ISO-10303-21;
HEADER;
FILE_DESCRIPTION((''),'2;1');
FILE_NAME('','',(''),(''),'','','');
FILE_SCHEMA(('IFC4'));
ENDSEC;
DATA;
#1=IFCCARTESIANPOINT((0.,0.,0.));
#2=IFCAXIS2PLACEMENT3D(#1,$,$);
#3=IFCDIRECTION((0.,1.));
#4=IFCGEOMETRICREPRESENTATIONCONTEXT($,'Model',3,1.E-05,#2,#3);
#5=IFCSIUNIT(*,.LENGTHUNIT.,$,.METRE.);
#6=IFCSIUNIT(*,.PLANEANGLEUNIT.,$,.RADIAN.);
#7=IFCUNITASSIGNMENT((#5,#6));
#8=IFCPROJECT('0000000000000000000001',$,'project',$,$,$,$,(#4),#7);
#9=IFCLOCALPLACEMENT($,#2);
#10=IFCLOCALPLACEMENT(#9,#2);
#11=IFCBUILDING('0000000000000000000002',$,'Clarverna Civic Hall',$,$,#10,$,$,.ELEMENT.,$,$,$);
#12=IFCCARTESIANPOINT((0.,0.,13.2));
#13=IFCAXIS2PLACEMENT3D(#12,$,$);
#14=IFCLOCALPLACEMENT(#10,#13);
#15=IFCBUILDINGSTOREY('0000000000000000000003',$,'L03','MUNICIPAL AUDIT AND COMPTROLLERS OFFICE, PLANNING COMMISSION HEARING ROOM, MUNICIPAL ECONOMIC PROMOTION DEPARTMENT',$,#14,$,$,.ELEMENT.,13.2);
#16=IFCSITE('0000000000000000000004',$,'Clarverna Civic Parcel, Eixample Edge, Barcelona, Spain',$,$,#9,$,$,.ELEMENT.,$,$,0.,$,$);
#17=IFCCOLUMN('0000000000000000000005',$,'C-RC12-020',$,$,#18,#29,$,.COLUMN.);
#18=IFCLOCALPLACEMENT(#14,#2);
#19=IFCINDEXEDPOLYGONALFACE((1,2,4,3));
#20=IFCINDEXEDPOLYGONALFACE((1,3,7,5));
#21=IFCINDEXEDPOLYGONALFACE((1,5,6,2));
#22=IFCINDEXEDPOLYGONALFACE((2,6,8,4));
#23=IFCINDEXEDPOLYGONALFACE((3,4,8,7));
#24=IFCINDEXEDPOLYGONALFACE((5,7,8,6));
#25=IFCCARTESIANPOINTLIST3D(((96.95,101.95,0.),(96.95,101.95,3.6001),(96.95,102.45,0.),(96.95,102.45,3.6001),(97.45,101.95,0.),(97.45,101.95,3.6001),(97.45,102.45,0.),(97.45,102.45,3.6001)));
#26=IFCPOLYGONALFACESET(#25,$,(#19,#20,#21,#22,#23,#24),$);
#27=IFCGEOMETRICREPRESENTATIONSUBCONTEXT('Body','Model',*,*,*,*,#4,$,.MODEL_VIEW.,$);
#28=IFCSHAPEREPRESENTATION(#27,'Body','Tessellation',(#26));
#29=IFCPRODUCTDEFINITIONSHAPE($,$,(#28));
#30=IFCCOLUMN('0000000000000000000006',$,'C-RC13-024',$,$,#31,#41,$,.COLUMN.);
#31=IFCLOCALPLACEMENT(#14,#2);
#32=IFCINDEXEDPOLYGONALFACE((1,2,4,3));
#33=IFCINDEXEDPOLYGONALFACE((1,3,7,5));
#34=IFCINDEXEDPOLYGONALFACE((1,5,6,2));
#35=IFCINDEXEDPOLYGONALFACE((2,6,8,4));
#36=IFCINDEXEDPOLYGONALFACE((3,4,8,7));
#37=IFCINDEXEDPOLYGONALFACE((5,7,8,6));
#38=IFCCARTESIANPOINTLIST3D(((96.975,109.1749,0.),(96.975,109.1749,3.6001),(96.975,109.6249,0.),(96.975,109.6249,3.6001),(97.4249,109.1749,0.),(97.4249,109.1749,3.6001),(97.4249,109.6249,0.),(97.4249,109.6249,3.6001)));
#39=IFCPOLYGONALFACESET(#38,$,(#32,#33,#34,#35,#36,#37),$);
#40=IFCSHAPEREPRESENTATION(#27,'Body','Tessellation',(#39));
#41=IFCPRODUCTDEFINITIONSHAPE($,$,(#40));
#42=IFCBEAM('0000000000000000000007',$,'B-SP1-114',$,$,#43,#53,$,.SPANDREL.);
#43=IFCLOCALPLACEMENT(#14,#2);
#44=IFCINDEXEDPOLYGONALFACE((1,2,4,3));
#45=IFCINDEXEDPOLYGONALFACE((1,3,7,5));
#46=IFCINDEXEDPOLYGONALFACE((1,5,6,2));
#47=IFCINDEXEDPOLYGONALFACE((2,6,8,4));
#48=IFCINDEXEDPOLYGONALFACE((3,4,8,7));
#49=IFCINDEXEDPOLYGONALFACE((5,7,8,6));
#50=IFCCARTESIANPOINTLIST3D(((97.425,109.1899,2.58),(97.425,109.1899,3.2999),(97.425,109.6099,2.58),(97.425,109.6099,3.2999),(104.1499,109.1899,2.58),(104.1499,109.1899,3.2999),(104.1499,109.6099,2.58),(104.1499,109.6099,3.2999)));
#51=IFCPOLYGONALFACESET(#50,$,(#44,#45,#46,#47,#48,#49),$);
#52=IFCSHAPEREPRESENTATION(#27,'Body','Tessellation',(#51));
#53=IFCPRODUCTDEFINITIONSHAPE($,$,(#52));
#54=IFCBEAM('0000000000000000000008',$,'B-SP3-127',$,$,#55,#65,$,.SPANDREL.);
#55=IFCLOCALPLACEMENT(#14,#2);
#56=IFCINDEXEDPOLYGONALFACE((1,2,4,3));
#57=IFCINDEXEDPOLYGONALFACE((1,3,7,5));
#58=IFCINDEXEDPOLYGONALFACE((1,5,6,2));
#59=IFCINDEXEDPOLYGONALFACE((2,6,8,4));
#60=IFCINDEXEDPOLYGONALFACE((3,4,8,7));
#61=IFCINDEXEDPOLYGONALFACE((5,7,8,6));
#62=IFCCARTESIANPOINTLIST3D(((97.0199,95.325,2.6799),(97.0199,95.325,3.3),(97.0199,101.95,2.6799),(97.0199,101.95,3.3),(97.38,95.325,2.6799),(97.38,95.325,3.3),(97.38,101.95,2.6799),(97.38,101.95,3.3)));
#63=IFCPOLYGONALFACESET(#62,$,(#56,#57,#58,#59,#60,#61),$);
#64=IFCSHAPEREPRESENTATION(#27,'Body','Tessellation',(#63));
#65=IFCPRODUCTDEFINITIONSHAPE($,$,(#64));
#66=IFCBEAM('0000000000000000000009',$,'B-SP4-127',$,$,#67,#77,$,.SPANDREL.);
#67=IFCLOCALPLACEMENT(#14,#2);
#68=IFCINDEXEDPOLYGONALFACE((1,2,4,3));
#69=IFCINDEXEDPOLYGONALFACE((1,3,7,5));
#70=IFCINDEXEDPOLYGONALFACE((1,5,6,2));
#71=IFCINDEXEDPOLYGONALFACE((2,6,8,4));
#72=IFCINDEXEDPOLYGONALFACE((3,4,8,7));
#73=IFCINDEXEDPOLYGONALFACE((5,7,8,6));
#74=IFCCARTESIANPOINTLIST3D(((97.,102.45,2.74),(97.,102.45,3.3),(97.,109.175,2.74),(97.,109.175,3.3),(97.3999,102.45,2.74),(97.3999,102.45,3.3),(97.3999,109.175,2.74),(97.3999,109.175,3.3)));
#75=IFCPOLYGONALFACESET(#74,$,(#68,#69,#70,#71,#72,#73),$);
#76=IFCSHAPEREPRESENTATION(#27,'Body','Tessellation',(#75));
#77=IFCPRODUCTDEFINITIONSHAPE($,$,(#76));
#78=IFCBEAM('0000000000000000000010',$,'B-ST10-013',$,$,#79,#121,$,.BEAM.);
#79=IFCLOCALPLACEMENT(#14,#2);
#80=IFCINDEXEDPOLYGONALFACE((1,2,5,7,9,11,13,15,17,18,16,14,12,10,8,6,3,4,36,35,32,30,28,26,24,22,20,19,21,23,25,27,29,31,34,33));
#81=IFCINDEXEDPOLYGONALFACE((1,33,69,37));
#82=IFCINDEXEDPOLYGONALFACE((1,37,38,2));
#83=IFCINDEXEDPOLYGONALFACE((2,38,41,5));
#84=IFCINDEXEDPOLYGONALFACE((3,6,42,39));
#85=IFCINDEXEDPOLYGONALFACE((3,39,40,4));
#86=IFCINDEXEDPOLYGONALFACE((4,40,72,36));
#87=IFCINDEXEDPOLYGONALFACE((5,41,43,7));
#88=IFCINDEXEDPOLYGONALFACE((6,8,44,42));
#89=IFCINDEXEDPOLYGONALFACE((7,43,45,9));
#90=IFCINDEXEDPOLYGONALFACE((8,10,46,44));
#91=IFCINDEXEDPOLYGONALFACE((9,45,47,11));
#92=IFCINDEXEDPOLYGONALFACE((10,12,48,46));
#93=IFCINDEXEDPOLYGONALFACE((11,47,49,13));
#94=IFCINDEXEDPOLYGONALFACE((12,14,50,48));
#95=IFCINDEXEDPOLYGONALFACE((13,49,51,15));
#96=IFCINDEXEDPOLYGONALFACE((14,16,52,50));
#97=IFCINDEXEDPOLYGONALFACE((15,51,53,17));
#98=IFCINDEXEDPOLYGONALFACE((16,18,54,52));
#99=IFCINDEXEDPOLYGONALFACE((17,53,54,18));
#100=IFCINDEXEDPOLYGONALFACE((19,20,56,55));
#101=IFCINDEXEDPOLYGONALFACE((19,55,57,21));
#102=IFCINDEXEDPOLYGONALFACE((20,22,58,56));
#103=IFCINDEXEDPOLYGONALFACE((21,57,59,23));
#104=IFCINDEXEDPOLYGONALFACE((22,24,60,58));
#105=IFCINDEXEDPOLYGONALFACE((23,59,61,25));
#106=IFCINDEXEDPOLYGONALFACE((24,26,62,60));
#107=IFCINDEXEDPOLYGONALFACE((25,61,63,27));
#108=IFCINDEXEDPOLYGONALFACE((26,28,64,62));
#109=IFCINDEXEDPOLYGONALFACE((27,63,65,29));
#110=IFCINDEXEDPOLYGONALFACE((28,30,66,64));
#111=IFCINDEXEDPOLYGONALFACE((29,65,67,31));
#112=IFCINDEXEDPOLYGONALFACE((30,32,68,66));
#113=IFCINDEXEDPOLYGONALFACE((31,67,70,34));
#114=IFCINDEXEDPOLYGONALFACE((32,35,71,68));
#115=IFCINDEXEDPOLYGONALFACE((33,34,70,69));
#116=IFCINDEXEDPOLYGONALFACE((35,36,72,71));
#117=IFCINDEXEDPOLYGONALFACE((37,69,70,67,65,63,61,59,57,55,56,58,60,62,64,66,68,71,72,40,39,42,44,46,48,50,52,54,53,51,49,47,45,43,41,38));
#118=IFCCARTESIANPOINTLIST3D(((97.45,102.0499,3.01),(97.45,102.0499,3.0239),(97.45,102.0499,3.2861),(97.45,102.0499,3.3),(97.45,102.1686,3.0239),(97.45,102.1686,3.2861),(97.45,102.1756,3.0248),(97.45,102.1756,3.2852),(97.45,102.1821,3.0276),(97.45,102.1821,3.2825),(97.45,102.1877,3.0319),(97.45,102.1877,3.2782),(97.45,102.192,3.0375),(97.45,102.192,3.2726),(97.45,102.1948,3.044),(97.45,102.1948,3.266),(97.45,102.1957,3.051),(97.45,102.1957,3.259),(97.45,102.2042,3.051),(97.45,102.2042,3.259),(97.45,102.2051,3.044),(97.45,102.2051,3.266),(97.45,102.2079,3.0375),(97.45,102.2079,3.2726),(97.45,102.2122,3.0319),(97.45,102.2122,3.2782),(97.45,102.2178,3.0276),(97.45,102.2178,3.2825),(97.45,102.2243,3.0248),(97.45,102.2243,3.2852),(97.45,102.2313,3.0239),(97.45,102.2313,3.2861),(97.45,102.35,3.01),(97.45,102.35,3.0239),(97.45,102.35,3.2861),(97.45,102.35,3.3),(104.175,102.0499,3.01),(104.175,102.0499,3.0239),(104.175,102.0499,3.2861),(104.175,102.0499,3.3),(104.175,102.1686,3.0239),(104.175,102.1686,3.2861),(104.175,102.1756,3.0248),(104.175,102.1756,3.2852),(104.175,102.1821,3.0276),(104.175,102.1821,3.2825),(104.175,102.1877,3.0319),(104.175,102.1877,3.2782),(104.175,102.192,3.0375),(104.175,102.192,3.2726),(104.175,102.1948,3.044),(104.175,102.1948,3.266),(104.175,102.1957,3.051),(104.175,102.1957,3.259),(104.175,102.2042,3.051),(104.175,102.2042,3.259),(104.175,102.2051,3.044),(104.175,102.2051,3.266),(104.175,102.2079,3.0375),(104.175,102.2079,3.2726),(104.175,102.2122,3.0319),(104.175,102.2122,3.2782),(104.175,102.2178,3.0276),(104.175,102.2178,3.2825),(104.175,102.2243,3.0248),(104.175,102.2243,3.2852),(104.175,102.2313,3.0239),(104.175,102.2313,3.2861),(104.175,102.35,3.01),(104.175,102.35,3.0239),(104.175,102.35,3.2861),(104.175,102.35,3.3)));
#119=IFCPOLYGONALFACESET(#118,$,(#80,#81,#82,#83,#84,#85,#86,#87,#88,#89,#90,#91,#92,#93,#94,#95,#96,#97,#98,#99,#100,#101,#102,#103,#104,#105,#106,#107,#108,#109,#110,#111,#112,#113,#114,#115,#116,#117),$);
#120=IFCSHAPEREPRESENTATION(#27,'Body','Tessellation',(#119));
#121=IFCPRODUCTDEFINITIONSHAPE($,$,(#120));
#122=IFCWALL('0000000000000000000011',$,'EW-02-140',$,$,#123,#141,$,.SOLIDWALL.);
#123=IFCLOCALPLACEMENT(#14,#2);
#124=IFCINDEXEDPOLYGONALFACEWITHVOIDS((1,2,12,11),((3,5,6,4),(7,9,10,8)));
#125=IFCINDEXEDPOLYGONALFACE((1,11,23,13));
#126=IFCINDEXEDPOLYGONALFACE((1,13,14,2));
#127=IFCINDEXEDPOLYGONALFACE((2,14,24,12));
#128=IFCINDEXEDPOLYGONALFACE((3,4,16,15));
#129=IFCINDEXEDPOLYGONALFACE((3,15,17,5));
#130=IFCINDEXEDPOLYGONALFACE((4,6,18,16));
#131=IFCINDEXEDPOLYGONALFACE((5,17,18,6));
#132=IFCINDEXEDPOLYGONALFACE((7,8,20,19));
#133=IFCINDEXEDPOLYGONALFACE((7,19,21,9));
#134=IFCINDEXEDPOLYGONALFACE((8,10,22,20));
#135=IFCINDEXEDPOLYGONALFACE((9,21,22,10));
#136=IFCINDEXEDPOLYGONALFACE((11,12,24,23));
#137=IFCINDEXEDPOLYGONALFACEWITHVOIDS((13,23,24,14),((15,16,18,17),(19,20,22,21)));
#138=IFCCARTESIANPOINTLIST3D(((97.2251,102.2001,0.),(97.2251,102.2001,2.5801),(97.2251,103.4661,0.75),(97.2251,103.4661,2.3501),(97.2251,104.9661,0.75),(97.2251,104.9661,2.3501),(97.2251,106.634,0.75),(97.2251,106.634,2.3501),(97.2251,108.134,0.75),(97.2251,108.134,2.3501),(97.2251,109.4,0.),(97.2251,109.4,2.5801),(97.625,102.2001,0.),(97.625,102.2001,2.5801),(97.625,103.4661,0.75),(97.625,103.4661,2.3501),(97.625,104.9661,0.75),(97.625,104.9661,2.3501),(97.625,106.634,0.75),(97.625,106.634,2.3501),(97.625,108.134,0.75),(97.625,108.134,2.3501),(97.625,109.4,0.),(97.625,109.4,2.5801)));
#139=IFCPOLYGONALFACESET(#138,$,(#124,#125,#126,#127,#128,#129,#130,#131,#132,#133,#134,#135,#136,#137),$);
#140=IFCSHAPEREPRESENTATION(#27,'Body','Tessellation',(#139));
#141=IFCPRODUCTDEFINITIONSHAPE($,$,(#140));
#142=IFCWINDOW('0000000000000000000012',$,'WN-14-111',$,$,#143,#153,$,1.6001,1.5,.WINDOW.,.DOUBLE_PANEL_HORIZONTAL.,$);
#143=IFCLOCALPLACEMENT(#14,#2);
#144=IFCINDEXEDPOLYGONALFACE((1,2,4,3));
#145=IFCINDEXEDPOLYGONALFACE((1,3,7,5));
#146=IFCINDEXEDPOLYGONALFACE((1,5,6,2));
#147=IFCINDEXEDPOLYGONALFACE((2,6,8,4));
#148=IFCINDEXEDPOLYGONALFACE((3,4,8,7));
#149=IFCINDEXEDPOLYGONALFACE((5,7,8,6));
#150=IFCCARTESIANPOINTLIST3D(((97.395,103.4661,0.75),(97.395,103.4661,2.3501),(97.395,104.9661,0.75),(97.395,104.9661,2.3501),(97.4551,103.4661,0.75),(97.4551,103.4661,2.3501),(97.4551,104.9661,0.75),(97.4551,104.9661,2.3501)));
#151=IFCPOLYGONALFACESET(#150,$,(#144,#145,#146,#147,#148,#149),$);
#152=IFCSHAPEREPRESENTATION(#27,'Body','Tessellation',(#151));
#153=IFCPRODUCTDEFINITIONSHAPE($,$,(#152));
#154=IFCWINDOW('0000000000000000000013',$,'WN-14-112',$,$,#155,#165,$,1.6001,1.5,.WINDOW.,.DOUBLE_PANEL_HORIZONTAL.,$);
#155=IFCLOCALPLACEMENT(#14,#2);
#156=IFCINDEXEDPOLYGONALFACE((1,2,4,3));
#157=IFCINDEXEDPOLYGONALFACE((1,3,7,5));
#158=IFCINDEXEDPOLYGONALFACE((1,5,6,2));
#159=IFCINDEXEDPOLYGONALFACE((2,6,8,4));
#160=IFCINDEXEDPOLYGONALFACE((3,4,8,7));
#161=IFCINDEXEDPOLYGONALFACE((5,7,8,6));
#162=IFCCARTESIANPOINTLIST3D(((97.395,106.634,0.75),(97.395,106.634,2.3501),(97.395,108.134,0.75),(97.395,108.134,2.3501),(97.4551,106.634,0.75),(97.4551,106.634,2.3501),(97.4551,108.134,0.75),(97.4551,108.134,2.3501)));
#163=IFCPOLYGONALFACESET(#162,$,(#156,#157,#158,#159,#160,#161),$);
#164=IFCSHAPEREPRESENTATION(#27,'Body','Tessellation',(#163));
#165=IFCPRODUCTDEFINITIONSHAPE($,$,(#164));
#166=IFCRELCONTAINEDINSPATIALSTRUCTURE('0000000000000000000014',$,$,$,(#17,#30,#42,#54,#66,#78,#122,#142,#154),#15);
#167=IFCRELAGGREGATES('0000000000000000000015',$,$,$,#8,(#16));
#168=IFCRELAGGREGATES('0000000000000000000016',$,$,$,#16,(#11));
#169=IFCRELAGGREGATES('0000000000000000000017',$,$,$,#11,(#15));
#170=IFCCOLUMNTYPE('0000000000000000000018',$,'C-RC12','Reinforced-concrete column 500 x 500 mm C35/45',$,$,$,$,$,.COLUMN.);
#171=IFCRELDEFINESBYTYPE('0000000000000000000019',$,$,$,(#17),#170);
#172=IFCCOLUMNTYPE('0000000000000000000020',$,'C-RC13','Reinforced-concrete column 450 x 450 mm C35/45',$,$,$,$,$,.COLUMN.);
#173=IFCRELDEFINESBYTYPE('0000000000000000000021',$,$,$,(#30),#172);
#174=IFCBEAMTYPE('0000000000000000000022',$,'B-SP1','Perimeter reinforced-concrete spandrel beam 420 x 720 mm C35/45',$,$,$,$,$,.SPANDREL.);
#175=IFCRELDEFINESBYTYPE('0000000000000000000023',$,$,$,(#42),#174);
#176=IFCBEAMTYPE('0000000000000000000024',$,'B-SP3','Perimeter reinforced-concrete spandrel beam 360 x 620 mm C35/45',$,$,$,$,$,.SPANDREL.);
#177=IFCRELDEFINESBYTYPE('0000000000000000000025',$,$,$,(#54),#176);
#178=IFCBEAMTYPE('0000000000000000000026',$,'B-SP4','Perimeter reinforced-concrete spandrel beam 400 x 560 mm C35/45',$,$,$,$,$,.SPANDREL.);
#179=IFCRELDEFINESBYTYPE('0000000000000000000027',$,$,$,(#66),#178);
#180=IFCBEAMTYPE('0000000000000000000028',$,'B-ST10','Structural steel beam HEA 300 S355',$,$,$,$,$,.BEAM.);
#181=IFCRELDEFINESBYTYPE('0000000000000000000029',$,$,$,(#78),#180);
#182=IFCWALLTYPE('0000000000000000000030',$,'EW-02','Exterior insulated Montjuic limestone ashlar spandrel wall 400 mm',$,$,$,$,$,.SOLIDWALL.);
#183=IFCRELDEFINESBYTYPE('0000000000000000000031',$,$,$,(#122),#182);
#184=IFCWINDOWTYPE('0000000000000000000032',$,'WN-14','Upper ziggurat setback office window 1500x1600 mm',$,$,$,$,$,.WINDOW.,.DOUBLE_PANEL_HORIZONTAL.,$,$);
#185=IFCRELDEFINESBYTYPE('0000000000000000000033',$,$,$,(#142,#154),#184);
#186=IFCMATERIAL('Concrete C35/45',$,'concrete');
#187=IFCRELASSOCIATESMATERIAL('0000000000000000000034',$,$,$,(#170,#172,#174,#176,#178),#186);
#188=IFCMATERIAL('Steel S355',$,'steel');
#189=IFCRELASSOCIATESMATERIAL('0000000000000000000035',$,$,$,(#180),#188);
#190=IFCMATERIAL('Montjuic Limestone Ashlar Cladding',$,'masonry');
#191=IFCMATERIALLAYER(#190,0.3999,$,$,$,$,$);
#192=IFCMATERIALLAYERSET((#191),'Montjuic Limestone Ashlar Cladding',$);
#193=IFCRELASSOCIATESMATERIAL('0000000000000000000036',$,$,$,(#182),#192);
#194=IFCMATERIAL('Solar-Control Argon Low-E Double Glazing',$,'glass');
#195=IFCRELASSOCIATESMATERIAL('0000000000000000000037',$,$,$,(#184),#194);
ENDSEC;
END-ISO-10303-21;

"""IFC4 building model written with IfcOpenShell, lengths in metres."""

from ifc_helpers import new_model, si_unit, direction, frame, frame_2d, origin, origin_2d, place, context, subcontext, project, spatial, rectangle, i_section, extrude, material, layer, layer_set, material_profile, profile_set, type_object, element, fill, save


model = new_model("IFC4")

# Units and contexts
model_context = context("Model", 3, precision=1e-05, world=origin(), true_north=direction((0.0, 1.0)))
body_context = subcontext(model_context, "Body", "Model", "MODEL_VIEW")
ifc_project = project(units=[si_unit("LENGTHUNIT", "METRE"), si_unit("PLANEANGLEUNIT", "RADIAN")], contexts=[model_context])

# Site, building, storey
site_placement = place(None, origin())
site = spatial("IfcSite", under=ifc_project, at=site_placement, Name="Clarverna Civic Parcel, Eixample Edge, Barcelona, Spain", CompositionType="ELEMENT", RefElevation=0.0)
building_placement = place(site_placement, origin())
building = spatial("IfcBuilding", under=site, at=building_placement, Name="Clarverna Civic Hall", CompositionType="ELEMENT")
storey_placement = place(building_placement, frame((0.0, 0.0, 13.2)))
storey = spatial("IfcBuildingStorey", under=building, at=storey_placement, Name="L03", Description="MUNICIPAL AUDIT AND COMPTROLLERS OFFICE, PLANNING COMMISSION HEARING ROOM, MUNICIPAL ECONOMIC PROMOTION DEPARTMENT", CompositionType="ELEMENT", Elevation=13.2)

# Columns
ifc_material_1 = material(Name="Concrete C35/45", Category="concrete")
ifc_material_profile_1 = material_profile(ifc_material_1, rectangle(XDim=0.5, YDim=0.5, at=origin_2d()), Name="RC 500x500")
ifc_profile_set_1 = profile_set([ifc_material_profile_1], Name="Concrete C35/45")
column_type_1 = type_object("IfcColumnType", Name="C-RC12", Description="Reinforced-concrete column 500 x 500 mm C35/45", PredefinedType="COLUMN", material=ifc_profile_set_1)
column_1_placement = place(storey_placement, frame((97.2, 102.2, 0.0), z_axis=(0.0, 0.0, 1.0), x_axis=(1.0, 0.0, 0.0)))
element("IfcColumn", 1, at=column_1_placement, inside=storey, type_object=column_type_1, Name="C-RC12-020", PredefinedType="COLUMN", context=body_context, shape_type="SweptSolid", body=[
    extrude(rectangle(XDim=0.5, YDim=0.5, at=origin_2d()), origin(), (0.0, 0.0, 1.0), 3.6001),
])
ifc_material_profile_2 = material_profile(ifc_material_1, rectangle(XDim=0.45, YDim=0.45, at=origin_2d()), Name="RC 450x450")
ifc_profile_set_2 = profile_set([ifc_material_profile_2], Name="Concrete C35/45")
column_type_2 = type_object("IfcColumnType", Name="C-RC13", Description="Reinforced-concrete column 450 x 450 mm C35/45", PredefinedType="COLUMN", material=ifc_profile_set_2)
column_2_placement = place(storey_placement, frame((97.2, 109.3999, 0.0), z_axis=(0.0, 0.0, 1.0), x_axis=(1.0, 0.0, 0.0)))
element("IfcColumn", 2, at=column_2_placement, inside=storey, type_object=column_type_2, Name="C-RC13-024", PredefinedType="COLUMN", context=body_context, shape_type="SweptSolid", body=[
    extrude(rectangle(XDim=0.45, YDim=0.45, at=origin_2d()), origin(), (0.0, 0.0, 1.0), 3.6001),
])

# Beams
ifc_material_profile_3 = material_profile(ifc_material_1, rectangle(XDim=0.4199, YDim=0.72, at=origin_2d()), Name="RC 420x720")
ifc_profile_set_3 = profile_set([ifc_material_profile_3], Name="Concrete C35/45")
beam_type_1 = type_object("IfcBeamType", Name="B-SP1", Description="Perimeter reinforced-concrete spandrel beam 420 x 720 mm C35/45", PredefinedType="SPANDREL", material=ifc_profile_set_3)
beam_1_placement = place(storey_placement, frame((97.425, 109.3999, 2.9399), z_axis=(1.0, 0.0, 0.0), x_axis=(0.0, 1.0, 0.0)))
element("IfcBeam", 3, at=beam_1_placement, inside=storey, type_object=beam_type_1, Name="B-SP1-114", PredefinedType="SPANDREL", context=body_context, shape_type="SweptSolid", body=[
    extrude(rectangle(XDim=0.4199, YDim=0.72, at=origin_2d()), origin(), (0.0, 0.0, 1.0), 6.7249),
])
ifc_material_profile_4 = material_profile(ifc_material_1, rectangle(XDim=0.3601, YDim=0.6201, at=origin_2d()), Name="RC 360x620")
ifc_profile_set_4 = profile_set([ifc_material_profile_4], Name="Concrete C35/45")
beam_type_2 = type_object("IfcBeamType", Name="B-SP3", Description="Perimeter reinforced-concrete spandrel beam 360 x 620 mm C35/45", PredefinedType="SPANDREL", material=ifc_profile_set_4)
beam_2_placement = place(storey_placement, frame((97.2, 95.325, 2.99), z_axis=(0.0, 1.0, 0.0), x_axis=(-1.0, 0.0, 0.0)))
element("IfcBeam", 4, at=beam_2_placement, inside=storey, type_object=beam_type_2, Name="B-SP3-127", PredefinedType="SPANDREL", context=body_context, shape_type="SweptSolid", body=[
    extrude(rectangle(XDim=0.3601, YDim=0.6201, at=origin_2d()), origin(), (0.0, 0.0, 1.0), 6.625),
])
ifc_material_profile_5 = material_profile(ifc_material_1, rectangle(XDim=0.3999, YDim=0.5601, at=origin_2d()), Name="RC 400x560")
ifc_profile_set_5 = profile_set([ifc_material_profile_5], Name="Concrete C35/45")
beam_type_3 = type_object("IfcBeamType", Name="B-SP4", Description="Perimeter reinforced-concrete spandrel beam 400 x 560 mm C35/45", PredefinedType="SPANDREL", material=ifc_profile_set_5)
beam_3_placement = place(storey_placement, frame((97.2, 102.45, 3.02), z_axis=(0.0, 1.0, 0.0), x_axis=(-1.0, 0.0, 0.0)))
element("IfcBeam", 5, at=beam_3_placement, inside=storey, type_object=beam_type_3, Name="B-SP4-127", PredefinedType="SPANDREL", context=body_context, shape_type="SweptSolid", body=[
    extrude(rectangle(XDim=0.3999, YDim=0.5601, at=origin_2d()), origin(), (0.0, 0.0, 1.0), 6.7251),
])
ifc_material_2 = material(Name="Steel S355", Category="steel")
ifc_material_profile_6 = material_profile(ifc_material_2, i_section(OverallWidth=0.3, OverallDepth=0.29, WebThickness=0.0085, FlangeThickness=0.0139, FilletRadius=0.0271, at=origin_2d()), Name="HEA 300")
ifc_profile_set_6 = profile_set([ifc_material_profile_6], Name="Steel S355")
beam_type_4 = type_object("IfcBeamType", Name="B-ST10", Description="Structural steel beam HEA 300 S355", PredefinedType="BEAM", material=ifc_profile_set_6)
beam_4_placement = place(storey_placement, frame((97.45, 102.2, 3.155), z_axis=(1.0, 0.0, 0.0), x_axis=(0.0, 1.0, 0.0)))
element("IfcBeam", 6, at=beam_4_placement, inside=storey, type_object=beam_type_4, Name="B-ST10-013", PredefinedType="BEAM", context=body_context, shape_type="SweptSolid", body=[
    extrude(i_section(OverallWidth=0.3, OverallDepth=0.29, WebThickness=0.0085, FlangeThickness=0.0139, FilletRadius=0.0271, at=origin_2d()), origin(), (0.0, 0.0, 1.0), 6.7251),
])

# Wall, openings, windows
ifc_material_3 = material(Name="Montjuic Limestone Ashlar Cladding", Category="masonry")
ifc_layer_1 = layer(ifc_material_3, 0.3999)
ifc_layer_set_1 = layer_set([ifc_layer_1], Name="Montjuic Limestone Ashlar Cladding")
wall_type = type_object("IfcWallType", Name="EW-02", Description="Exterior insulated Montjuic limestone ashlar spandrel wall 400 mm", PredefinedType="SOLIDWALL", material=ifc_layer_set_1)
wall_1_placement = place(storey_placement, frame((97.425, 102.2, 0.0), z_axis=(0.0, 0.0, 1.0), x_axis=(0.0, 1.0, 0.0)))
wall_1 = element("IfcWall", 7, at=wall_1_placement, inside=storey, type_object=wall_type, Name="EW-02-140", PredefinedType="SOLIDWALL", context=body_context, shape_type="SweptSolid", body=[
    extrude(rectangle(XDim=7.2, YDim=0.3999, at=frame_2d((3.6001, 0.0))), origin(), (0.0, 0.0, 1.0), 2.5801),
])
opening_1_placement = place(wall_1_placement, frame((1.2661, 0.0, 0.75)))
opening_1 = element("IfcOpeningElement", 8, at=opening_1_placement, cuts=wall_1, PredefinedType="OPENING", context=body_context, shape_type="SweptSolid", body=[
    extrude(rectangle(XDim=1.5, YDim=1.6001, at=frame_2d((0.75, 0.8))), frame((0.0, 0.21, 0.0), z_axis=(0.0, -1.0, 0.0), x_axis=(1.0, 0.0, 0.0)), (0.0, 0.0, 1.0), 0.4199),
])
opening_2_placement = place(wall_1_placement, frame((4.4341, 0.0, 0.75)))
opening_2 = element("IfcOpeningElement", 9, at=opening_2_placement, cuts=wall_1, PredefinedType="OPENING", context=body_context, shape_type="SweptSolid", body=[
    extrude(rectangle(XDim=1.5, YDim=1.6001, at=frame_2d((0.75, 0.8))), frame((0.0, 0.21, 0.0), z_axis=(0.0, -1.0, 0.0), x_axis=(1.0, 0.0, 0.0)), (0.0, 0.0, 1.0), 0.4199),
])
ifc_material_4 = material(Name="Solar-Control Argon Low-E Double Glazing", Category="glass")
window_type = type_object("IfcWindowType", Name="WN-14", Description="Upper ziggurat setback office window 1500x1600 mm", PartitioningType="DOUBLE_PANEL_HORIZONTAL", PredefinedType="WINDOW", material=ifc_material_4)
window_1_placement = place(opening_1_placement, origin())
window_1 = element("IfcWindow", 10, at=window_1_placement, inside=storey, type_object=window_type, Name="WN-14-111", OverallHeight=1.6001, OverallWidth=1.5, PartitioningType="DOUBLE_PANEL_HORIZONTAL", PredefinedType="WINDOW", context=body_context, shape_type="SweptSolid", body=[
    extrude(rectangle(XDim=1.5, YDim=1.6001, at=frame_2d((0.75, 0.8))), frame((0.0, 0.03, 0.0), z_axis=(0.0, -1.0, 0.0), x_axis=(1.0, 0.0, 0.0)), (0.0, 0.0, 1.0), 0.0601),
])
fill(opening_1, window_1)
window_2_placement = place(opening_2_placement, origin())
window_2 = element("IfcWindow", 11, at=window_2_placement, inside=storey, type_object=window_type, Name="WN-14-112", OverallHeight=1.6001, OverallWidth=1.5, PartitioningType="DOUBLE_PANEL_HORIZONTAL", PredefinedType="WINDOW", context=body_context, shape_type="SweptSolid", body=[
    extrude(rectangle(XDim=1.5, YDim=1.6001, at=frame_2d((0.75, 0.8))), frame((0.0, 0.03, 0.0), z_axis=(0.0, -1.0, 0.0), x_axis=(1.0, 0.0, 0.0)), (0.0, 0.0, 1.0), 0.0601),
])
fill(opening_2, window_2)

save(model, "model.ifc")
